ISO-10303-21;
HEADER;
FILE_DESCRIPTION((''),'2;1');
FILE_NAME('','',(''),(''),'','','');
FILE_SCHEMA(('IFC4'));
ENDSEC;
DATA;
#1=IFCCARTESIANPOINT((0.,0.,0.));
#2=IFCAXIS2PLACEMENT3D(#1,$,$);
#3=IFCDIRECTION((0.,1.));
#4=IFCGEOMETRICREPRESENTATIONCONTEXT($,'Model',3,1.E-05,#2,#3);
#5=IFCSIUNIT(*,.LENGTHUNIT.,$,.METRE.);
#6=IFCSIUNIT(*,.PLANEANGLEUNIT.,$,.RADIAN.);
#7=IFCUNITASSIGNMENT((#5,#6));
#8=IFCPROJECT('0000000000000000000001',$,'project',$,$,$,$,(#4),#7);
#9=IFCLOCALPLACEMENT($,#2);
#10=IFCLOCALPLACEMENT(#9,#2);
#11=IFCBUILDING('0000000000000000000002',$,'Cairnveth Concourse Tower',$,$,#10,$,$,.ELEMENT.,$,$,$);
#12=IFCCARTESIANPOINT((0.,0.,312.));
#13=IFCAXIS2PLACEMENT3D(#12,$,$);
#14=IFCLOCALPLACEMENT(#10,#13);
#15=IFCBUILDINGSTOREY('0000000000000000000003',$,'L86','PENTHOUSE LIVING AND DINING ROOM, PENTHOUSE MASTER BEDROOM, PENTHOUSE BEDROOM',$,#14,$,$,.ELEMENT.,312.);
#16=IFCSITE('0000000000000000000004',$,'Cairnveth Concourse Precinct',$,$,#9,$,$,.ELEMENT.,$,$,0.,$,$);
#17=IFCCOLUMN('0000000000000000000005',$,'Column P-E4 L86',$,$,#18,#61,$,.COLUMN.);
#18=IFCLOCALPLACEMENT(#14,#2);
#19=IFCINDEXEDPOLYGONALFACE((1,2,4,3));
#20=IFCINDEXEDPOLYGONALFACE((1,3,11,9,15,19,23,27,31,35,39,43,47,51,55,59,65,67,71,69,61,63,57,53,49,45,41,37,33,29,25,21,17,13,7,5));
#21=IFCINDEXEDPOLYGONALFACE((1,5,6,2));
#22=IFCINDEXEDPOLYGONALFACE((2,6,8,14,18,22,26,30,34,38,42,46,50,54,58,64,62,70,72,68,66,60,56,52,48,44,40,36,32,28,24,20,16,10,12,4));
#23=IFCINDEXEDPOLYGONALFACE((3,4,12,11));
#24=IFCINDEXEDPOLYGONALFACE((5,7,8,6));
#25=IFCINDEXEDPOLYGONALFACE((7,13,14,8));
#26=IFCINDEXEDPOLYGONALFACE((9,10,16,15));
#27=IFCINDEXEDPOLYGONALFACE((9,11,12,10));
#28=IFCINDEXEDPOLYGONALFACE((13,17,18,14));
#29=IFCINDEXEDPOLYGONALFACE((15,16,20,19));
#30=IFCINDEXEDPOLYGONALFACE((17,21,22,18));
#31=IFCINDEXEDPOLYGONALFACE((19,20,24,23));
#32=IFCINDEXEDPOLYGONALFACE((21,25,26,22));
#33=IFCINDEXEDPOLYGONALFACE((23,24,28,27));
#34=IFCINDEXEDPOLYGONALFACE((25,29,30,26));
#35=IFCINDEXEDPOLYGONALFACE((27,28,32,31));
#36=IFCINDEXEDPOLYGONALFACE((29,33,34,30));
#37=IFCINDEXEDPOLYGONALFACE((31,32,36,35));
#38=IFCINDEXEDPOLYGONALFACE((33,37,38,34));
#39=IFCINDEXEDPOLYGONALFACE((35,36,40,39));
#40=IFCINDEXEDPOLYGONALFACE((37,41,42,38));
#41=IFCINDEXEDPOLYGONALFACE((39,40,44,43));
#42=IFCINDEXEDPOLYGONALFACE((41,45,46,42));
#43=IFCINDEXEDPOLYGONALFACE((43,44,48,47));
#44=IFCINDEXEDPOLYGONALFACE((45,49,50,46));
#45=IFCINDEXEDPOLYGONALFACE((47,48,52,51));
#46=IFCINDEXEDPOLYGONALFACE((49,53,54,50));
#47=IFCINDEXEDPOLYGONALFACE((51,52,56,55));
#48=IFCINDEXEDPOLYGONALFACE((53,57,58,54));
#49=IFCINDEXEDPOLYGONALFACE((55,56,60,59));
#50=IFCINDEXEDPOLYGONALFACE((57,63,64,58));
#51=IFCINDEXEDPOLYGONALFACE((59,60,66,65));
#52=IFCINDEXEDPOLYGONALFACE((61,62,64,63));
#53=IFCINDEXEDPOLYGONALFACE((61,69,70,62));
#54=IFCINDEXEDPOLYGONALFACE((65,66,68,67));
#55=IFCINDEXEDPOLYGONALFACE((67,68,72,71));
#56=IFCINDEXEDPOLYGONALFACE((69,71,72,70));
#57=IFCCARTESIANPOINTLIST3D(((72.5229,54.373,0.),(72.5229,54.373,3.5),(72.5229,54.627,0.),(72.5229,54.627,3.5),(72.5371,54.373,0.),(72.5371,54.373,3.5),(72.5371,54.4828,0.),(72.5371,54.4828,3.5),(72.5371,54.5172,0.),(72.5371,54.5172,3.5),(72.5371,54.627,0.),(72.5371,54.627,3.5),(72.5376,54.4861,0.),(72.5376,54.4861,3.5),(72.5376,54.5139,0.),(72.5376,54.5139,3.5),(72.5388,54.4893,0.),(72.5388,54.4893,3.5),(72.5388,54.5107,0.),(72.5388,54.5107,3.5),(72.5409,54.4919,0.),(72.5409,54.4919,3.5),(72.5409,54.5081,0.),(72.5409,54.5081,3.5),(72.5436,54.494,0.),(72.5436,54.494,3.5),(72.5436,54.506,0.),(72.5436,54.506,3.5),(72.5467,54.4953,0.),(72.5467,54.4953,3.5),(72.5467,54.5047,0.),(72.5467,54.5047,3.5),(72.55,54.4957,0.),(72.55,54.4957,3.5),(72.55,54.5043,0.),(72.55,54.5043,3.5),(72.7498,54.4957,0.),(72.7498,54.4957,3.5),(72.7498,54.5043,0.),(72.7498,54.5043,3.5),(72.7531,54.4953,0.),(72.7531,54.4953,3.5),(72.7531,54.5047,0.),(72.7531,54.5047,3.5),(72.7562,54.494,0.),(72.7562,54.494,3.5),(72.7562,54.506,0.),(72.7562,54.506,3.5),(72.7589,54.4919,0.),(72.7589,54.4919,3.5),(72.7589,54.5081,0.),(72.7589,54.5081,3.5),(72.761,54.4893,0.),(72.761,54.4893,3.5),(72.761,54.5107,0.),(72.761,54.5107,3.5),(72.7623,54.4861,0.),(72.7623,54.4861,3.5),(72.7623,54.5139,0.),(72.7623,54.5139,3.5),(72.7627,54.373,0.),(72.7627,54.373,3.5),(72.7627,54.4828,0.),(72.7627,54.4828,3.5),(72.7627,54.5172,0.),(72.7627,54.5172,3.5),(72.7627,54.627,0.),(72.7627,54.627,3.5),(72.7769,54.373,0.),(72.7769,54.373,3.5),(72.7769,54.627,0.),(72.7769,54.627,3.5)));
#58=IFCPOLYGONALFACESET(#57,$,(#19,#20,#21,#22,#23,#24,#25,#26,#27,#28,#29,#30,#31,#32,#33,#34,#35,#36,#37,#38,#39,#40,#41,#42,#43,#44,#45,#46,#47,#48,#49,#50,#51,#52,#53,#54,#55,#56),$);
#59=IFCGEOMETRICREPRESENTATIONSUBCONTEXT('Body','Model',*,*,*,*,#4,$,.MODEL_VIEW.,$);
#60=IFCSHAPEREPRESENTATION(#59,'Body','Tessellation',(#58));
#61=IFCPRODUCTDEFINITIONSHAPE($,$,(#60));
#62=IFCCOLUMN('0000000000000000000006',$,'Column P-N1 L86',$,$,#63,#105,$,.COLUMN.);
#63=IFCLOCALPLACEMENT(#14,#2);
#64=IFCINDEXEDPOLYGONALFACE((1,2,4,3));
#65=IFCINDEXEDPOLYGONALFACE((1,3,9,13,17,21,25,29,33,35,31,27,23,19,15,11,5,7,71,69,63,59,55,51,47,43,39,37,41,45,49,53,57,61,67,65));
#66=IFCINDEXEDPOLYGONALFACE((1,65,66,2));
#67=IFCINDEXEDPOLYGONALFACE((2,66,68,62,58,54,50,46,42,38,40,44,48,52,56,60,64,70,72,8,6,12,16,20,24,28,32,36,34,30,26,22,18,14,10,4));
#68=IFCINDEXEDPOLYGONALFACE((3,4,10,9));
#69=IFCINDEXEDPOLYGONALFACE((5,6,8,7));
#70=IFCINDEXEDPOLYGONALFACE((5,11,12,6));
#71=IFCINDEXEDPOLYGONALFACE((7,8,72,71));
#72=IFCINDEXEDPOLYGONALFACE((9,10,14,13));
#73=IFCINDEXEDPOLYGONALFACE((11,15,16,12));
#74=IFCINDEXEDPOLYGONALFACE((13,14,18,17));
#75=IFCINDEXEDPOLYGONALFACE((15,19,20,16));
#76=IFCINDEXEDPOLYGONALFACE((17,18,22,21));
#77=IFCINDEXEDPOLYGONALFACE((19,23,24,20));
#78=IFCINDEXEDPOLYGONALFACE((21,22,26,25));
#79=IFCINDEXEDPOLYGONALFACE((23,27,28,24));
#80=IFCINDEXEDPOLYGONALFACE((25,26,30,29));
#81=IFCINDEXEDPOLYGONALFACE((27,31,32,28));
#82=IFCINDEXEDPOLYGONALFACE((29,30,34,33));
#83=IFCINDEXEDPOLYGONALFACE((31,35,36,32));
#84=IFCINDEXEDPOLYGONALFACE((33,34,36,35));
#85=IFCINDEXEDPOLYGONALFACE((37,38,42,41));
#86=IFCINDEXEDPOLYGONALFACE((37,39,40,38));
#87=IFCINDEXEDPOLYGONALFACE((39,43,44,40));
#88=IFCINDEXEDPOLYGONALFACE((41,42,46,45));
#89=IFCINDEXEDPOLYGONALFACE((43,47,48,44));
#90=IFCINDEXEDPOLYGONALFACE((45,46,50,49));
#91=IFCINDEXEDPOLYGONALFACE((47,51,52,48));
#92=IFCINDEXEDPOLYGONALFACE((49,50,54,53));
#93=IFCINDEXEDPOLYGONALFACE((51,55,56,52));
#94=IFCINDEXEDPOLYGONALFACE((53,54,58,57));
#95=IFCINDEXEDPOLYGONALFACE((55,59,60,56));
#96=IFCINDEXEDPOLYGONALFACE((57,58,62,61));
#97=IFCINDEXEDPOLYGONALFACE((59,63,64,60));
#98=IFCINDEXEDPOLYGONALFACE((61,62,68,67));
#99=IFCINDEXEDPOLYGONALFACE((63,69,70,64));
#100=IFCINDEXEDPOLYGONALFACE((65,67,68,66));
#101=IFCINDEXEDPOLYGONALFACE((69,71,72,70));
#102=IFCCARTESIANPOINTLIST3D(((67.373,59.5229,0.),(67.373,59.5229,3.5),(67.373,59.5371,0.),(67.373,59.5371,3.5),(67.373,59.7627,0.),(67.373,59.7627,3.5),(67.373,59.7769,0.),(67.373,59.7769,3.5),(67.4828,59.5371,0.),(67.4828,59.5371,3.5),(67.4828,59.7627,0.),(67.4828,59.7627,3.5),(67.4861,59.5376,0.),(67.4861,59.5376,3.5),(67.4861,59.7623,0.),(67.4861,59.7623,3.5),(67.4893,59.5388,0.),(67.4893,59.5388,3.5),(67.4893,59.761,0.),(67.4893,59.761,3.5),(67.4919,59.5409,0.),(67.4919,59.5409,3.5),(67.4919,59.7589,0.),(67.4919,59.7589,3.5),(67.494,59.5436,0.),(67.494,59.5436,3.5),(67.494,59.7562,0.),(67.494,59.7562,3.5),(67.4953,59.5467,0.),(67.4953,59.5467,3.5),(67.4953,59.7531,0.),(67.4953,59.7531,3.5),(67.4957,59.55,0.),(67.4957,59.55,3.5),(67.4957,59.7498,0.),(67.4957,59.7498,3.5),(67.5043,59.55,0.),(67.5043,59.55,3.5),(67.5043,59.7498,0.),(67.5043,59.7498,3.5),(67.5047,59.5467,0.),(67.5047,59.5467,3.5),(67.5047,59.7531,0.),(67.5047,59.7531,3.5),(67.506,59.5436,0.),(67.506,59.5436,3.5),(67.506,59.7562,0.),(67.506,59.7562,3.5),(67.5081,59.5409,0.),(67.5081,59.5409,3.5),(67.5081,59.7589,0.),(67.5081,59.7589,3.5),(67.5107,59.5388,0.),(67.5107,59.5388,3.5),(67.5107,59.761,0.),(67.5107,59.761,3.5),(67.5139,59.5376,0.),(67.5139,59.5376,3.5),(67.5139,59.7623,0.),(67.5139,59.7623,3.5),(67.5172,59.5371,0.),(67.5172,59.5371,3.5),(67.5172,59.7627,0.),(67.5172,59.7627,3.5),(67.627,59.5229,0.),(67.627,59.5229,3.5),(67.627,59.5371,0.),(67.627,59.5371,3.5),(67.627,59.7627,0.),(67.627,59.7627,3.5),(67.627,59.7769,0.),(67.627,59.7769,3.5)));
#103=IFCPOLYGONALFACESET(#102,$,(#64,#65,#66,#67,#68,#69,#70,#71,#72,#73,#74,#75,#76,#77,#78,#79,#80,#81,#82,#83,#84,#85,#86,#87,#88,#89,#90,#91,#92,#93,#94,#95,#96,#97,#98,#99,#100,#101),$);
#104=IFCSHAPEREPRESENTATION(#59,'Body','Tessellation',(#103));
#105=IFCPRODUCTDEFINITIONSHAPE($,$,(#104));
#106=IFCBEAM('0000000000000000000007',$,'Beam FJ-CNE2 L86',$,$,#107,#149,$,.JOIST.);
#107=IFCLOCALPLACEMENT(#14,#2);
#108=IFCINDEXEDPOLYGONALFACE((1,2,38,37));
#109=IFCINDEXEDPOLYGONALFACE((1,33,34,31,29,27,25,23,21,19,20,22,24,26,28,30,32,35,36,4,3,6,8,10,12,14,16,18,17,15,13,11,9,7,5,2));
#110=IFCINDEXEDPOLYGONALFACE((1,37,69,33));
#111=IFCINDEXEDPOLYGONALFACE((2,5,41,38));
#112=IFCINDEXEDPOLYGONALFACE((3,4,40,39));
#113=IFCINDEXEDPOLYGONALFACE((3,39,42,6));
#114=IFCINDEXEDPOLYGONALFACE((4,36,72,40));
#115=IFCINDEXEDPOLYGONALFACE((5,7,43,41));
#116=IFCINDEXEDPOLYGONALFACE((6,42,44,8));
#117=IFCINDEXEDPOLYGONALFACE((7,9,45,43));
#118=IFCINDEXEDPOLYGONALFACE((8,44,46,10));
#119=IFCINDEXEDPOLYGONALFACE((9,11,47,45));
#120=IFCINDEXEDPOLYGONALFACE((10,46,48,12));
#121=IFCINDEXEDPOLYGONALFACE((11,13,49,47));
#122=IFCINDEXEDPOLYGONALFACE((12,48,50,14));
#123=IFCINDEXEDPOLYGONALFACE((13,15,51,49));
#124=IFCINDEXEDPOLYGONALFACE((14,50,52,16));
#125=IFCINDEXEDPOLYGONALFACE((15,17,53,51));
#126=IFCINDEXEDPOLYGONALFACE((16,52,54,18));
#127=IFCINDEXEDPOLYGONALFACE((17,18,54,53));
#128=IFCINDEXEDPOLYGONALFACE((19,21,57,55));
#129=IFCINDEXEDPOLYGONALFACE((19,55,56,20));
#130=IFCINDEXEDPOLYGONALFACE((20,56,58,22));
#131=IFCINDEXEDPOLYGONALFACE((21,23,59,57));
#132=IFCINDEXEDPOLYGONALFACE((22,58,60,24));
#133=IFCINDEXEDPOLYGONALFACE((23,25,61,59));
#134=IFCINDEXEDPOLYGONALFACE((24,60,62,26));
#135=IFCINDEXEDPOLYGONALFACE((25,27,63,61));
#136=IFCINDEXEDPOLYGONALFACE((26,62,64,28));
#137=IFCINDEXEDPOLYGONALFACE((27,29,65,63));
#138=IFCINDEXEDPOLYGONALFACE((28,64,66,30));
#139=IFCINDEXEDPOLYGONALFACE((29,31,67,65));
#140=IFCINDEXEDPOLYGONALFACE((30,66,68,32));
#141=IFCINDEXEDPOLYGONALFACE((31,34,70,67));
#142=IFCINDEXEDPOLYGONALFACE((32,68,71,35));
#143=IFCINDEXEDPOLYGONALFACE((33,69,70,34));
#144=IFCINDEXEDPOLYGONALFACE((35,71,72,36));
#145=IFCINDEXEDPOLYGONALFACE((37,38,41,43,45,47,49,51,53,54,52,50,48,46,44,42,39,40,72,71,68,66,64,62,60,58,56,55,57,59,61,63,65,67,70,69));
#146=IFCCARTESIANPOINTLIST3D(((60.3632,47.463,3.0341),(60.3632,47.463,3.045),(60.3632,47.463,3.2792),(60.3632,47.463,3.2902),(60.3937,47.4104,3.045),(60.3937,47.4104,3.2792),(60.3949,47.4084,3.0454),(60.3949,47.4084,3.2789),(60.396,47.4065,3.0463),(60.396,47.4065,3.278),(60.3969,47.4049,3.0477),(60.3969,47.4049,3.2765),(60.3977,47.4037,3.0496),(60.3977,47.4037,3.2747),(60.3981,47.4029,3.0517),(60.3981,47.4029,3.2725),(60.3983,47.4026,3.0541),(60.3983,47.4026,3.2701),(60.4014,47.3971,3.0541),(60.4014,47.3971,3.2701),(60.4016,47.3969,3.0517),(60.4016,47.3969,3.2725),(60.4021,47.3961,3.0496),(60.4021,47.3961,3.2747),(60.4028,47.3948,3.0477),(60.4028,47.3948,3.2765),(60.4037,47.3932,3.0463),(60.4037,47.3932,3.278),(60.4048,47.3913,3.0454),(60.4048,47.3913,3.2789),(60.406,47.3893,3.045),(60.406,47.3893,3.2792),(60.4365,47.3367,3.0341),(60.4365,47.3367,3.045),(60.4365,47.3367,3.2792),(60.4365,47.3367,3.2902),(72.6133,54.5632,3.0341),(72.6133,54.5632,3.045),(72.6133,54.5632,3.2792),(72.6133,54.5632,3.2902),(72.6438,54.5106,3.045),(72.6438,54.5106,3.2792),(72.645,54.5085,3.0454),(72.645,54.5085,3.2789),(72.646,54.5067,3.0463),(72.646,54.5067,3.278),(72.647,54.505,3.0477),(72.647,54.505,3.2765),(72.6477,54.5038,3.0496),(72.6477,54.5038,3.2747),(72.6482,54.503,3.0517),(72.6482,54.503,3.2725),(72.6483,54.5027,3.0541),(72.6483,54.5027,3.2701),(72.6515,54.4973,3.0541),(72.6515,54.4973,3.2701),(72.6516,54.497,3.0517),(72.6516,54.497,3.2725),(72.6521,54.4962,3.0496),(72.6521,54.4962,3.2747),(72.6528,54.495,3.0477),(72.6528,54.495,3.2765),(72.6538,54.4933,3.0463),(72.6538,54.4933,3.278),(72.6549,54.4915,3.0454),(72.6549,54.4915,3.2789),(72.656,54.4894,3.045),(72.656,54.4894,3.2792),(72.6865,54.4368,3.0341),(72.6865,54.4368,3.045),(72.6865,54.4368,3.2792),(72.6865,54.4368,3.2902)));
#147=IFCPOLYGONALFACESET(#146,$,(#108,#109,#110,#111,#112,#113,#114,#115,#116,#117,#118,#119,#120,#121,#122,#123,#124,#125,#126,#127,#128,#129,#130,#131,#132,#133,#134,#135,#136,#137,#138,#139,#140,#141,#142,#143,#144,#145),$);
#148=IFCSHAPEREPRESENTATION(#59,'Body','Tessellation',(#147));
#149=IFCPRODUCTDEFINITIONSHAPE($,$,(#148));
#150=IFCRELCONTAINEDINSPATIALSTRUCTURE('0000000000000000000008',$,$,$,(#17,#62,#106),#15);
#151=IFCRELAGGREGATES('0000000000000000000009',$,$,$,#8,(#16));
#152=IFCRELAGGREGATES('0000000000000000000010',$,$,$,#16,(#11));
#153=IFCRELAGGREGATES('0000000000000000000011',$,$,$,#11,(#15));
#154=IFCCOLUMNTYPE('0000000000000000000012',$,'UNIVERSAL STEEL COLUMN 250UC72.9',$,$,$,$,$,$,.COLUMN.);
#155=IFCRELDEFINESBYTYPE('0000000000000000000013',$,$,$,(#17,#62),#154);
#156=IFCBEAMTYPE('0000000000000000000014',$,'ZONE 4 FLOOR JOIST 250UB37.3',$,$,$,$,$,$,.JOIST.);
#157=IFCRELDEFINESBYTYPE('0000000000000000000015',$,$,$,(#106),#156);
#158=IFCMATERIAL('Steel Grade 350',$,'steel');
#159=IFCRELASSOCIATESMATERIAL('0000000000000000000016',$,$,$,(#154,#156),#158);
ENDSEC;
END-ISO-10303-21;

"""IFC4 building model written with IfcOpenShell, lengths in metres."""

from ifc_helpers import new_model, si_unit, direction, frame, origin, origin_2d, place, context, subcontext, project, spatial, i_section, extrude, material, material_profile, profile_set, type_object, element, save


model = new_model("IFC4")

# Units and contexts
model_context = context("Model", 3, precision=1e-05, world=origin(), true_north=direction((0.0, 1.0)))
body_context = subcontext(model_context, "Body", "Model", "MODEL_VIEW")
ifc_project = project(units=[si_unit("LENGTHUNIT", "METRE"), si_unit("PLANEANGLEUNIT", "RADIAN")], contexts=[model_context])

# Site, building, storey
site_placement = place(None, origin())
site = spatial("IfcSite", under=ifc_project, at=site_placement, Name="Cairnveth Concourse Precinct", CompositionType="ELEMENT", RefElevation=0.0)
building_placement = place(site_placement, origin())
building = spatial("IfcBuilding", under=site, at=building_placement, Name="Cairnveth Concourse Tower", CompositionType="ELEMENT")
storey_placement = place(building_placement, frame((0.0, 0.0, 312.0)))
storey = spatial("IfcBuildingStorey", under=building, at=storey_placement, Name="L86", Description="PENTHOUSE LIVING AND DINING ROOM, PENTHOUSE MASTER BEDROOM, PENTHOUSE BEDROOM", CompositionType="ELEMENT", Elevation=312.0)

# Columns
ifc_material_1 = material(Name="Steel Grade 350", Category="steel")
ifc_material_profile_1 = material_profile(ifc_material_1, i_section(OverallWidth=0.2539, OverallDepth=0.2539, WebThickness=0.0085, FlangeThickness=0.0142, FilletRadius=0.0129, at=origin_2d()), Name="250UC72.9")
ifc_profile_set_1 = profile_set([ifc_material_profile_1], Name="Steel Grade 350")
column_type = type_object("IfcColumnType", Name="UNIVERSAL STEEL COLUMN 250UC72.9", PredefinedType="COLUMN", material=ifc_profile_set_1)
for number, where, z_axis, x_axis, name in (
    (1, (72.6499, 54.5, 0.0), (0.0, 0.0, 1.0), (0.0, 1.0, 0.0), "Column P-E4 L86"),
    (2, (67.5, 59.6499, 0.0), (0.0, 0.0, 1.0), (1.0, 0.0, 0.0), "Column P-N1 L86"),
):
    element("IfcColumn", number, at=place(storey_placement, frame(where, z_axis=z_axis, x_axis=x_axis)), inside=storey, type_object=column_type, Name=name, PredefinedType="COLUMN", context=body_context, shape_type="SweptSolid", body=[
        extrude(i_section(OverallWidth=0.2539, OverallDepth=0.2539, WebThickness=0.0085, FlangeThickness=0.0142, FilletRadius=0.0129, at=origin_2d()), origin(), (0.0, 0.0, 1.0), 3.5),
    ])

# Beam
ifc_material_profile_2 = material_profile(ifc_material_1, i_section(OverallWidth=0.146, OverallDepth=0.2561, WebThickness=0.0063, FlangeThickness=0.011, FilletRadius=0.009, at=origin_2d()), Name="250UB37.3")
ifc_profile_set_2 = profile_set([ifc_material_profile_2], Name="Steel Grade 350")
beam_type_1 = type_object("IfcBeamType", Name="ZONE 4 FLOOR JOIST 250UB37.3", PredefinedType="JOIST", material=ifc_profile_set_2)
beam_1_placement = place(storey_placement, frame((72.6499, 54.5, 3.1621), z_axis=(-0.865181, -0.501459, 0.0), x_axis=(0.501459, -0.865181, 0.0)))
element("IfcBeam", 3, at=beam_1_placement, inside=storey, type_object=beam_type_1, Name="Beam FJ-CNE2 L86", PredefinedType="JOIST", context=body_context, shape_type="SweptSolid", body=[
    extrude(i_section(OverallWidth=0.146, OverallDepth=0.2561, WebThickness=0.0063, FlangeThickness=0.011, FilletRadius=0.009, at=origin_2d()), origin(), (0.0, 0.0, 1.0), 14.1589),
])

save(model, "model.ifc")
